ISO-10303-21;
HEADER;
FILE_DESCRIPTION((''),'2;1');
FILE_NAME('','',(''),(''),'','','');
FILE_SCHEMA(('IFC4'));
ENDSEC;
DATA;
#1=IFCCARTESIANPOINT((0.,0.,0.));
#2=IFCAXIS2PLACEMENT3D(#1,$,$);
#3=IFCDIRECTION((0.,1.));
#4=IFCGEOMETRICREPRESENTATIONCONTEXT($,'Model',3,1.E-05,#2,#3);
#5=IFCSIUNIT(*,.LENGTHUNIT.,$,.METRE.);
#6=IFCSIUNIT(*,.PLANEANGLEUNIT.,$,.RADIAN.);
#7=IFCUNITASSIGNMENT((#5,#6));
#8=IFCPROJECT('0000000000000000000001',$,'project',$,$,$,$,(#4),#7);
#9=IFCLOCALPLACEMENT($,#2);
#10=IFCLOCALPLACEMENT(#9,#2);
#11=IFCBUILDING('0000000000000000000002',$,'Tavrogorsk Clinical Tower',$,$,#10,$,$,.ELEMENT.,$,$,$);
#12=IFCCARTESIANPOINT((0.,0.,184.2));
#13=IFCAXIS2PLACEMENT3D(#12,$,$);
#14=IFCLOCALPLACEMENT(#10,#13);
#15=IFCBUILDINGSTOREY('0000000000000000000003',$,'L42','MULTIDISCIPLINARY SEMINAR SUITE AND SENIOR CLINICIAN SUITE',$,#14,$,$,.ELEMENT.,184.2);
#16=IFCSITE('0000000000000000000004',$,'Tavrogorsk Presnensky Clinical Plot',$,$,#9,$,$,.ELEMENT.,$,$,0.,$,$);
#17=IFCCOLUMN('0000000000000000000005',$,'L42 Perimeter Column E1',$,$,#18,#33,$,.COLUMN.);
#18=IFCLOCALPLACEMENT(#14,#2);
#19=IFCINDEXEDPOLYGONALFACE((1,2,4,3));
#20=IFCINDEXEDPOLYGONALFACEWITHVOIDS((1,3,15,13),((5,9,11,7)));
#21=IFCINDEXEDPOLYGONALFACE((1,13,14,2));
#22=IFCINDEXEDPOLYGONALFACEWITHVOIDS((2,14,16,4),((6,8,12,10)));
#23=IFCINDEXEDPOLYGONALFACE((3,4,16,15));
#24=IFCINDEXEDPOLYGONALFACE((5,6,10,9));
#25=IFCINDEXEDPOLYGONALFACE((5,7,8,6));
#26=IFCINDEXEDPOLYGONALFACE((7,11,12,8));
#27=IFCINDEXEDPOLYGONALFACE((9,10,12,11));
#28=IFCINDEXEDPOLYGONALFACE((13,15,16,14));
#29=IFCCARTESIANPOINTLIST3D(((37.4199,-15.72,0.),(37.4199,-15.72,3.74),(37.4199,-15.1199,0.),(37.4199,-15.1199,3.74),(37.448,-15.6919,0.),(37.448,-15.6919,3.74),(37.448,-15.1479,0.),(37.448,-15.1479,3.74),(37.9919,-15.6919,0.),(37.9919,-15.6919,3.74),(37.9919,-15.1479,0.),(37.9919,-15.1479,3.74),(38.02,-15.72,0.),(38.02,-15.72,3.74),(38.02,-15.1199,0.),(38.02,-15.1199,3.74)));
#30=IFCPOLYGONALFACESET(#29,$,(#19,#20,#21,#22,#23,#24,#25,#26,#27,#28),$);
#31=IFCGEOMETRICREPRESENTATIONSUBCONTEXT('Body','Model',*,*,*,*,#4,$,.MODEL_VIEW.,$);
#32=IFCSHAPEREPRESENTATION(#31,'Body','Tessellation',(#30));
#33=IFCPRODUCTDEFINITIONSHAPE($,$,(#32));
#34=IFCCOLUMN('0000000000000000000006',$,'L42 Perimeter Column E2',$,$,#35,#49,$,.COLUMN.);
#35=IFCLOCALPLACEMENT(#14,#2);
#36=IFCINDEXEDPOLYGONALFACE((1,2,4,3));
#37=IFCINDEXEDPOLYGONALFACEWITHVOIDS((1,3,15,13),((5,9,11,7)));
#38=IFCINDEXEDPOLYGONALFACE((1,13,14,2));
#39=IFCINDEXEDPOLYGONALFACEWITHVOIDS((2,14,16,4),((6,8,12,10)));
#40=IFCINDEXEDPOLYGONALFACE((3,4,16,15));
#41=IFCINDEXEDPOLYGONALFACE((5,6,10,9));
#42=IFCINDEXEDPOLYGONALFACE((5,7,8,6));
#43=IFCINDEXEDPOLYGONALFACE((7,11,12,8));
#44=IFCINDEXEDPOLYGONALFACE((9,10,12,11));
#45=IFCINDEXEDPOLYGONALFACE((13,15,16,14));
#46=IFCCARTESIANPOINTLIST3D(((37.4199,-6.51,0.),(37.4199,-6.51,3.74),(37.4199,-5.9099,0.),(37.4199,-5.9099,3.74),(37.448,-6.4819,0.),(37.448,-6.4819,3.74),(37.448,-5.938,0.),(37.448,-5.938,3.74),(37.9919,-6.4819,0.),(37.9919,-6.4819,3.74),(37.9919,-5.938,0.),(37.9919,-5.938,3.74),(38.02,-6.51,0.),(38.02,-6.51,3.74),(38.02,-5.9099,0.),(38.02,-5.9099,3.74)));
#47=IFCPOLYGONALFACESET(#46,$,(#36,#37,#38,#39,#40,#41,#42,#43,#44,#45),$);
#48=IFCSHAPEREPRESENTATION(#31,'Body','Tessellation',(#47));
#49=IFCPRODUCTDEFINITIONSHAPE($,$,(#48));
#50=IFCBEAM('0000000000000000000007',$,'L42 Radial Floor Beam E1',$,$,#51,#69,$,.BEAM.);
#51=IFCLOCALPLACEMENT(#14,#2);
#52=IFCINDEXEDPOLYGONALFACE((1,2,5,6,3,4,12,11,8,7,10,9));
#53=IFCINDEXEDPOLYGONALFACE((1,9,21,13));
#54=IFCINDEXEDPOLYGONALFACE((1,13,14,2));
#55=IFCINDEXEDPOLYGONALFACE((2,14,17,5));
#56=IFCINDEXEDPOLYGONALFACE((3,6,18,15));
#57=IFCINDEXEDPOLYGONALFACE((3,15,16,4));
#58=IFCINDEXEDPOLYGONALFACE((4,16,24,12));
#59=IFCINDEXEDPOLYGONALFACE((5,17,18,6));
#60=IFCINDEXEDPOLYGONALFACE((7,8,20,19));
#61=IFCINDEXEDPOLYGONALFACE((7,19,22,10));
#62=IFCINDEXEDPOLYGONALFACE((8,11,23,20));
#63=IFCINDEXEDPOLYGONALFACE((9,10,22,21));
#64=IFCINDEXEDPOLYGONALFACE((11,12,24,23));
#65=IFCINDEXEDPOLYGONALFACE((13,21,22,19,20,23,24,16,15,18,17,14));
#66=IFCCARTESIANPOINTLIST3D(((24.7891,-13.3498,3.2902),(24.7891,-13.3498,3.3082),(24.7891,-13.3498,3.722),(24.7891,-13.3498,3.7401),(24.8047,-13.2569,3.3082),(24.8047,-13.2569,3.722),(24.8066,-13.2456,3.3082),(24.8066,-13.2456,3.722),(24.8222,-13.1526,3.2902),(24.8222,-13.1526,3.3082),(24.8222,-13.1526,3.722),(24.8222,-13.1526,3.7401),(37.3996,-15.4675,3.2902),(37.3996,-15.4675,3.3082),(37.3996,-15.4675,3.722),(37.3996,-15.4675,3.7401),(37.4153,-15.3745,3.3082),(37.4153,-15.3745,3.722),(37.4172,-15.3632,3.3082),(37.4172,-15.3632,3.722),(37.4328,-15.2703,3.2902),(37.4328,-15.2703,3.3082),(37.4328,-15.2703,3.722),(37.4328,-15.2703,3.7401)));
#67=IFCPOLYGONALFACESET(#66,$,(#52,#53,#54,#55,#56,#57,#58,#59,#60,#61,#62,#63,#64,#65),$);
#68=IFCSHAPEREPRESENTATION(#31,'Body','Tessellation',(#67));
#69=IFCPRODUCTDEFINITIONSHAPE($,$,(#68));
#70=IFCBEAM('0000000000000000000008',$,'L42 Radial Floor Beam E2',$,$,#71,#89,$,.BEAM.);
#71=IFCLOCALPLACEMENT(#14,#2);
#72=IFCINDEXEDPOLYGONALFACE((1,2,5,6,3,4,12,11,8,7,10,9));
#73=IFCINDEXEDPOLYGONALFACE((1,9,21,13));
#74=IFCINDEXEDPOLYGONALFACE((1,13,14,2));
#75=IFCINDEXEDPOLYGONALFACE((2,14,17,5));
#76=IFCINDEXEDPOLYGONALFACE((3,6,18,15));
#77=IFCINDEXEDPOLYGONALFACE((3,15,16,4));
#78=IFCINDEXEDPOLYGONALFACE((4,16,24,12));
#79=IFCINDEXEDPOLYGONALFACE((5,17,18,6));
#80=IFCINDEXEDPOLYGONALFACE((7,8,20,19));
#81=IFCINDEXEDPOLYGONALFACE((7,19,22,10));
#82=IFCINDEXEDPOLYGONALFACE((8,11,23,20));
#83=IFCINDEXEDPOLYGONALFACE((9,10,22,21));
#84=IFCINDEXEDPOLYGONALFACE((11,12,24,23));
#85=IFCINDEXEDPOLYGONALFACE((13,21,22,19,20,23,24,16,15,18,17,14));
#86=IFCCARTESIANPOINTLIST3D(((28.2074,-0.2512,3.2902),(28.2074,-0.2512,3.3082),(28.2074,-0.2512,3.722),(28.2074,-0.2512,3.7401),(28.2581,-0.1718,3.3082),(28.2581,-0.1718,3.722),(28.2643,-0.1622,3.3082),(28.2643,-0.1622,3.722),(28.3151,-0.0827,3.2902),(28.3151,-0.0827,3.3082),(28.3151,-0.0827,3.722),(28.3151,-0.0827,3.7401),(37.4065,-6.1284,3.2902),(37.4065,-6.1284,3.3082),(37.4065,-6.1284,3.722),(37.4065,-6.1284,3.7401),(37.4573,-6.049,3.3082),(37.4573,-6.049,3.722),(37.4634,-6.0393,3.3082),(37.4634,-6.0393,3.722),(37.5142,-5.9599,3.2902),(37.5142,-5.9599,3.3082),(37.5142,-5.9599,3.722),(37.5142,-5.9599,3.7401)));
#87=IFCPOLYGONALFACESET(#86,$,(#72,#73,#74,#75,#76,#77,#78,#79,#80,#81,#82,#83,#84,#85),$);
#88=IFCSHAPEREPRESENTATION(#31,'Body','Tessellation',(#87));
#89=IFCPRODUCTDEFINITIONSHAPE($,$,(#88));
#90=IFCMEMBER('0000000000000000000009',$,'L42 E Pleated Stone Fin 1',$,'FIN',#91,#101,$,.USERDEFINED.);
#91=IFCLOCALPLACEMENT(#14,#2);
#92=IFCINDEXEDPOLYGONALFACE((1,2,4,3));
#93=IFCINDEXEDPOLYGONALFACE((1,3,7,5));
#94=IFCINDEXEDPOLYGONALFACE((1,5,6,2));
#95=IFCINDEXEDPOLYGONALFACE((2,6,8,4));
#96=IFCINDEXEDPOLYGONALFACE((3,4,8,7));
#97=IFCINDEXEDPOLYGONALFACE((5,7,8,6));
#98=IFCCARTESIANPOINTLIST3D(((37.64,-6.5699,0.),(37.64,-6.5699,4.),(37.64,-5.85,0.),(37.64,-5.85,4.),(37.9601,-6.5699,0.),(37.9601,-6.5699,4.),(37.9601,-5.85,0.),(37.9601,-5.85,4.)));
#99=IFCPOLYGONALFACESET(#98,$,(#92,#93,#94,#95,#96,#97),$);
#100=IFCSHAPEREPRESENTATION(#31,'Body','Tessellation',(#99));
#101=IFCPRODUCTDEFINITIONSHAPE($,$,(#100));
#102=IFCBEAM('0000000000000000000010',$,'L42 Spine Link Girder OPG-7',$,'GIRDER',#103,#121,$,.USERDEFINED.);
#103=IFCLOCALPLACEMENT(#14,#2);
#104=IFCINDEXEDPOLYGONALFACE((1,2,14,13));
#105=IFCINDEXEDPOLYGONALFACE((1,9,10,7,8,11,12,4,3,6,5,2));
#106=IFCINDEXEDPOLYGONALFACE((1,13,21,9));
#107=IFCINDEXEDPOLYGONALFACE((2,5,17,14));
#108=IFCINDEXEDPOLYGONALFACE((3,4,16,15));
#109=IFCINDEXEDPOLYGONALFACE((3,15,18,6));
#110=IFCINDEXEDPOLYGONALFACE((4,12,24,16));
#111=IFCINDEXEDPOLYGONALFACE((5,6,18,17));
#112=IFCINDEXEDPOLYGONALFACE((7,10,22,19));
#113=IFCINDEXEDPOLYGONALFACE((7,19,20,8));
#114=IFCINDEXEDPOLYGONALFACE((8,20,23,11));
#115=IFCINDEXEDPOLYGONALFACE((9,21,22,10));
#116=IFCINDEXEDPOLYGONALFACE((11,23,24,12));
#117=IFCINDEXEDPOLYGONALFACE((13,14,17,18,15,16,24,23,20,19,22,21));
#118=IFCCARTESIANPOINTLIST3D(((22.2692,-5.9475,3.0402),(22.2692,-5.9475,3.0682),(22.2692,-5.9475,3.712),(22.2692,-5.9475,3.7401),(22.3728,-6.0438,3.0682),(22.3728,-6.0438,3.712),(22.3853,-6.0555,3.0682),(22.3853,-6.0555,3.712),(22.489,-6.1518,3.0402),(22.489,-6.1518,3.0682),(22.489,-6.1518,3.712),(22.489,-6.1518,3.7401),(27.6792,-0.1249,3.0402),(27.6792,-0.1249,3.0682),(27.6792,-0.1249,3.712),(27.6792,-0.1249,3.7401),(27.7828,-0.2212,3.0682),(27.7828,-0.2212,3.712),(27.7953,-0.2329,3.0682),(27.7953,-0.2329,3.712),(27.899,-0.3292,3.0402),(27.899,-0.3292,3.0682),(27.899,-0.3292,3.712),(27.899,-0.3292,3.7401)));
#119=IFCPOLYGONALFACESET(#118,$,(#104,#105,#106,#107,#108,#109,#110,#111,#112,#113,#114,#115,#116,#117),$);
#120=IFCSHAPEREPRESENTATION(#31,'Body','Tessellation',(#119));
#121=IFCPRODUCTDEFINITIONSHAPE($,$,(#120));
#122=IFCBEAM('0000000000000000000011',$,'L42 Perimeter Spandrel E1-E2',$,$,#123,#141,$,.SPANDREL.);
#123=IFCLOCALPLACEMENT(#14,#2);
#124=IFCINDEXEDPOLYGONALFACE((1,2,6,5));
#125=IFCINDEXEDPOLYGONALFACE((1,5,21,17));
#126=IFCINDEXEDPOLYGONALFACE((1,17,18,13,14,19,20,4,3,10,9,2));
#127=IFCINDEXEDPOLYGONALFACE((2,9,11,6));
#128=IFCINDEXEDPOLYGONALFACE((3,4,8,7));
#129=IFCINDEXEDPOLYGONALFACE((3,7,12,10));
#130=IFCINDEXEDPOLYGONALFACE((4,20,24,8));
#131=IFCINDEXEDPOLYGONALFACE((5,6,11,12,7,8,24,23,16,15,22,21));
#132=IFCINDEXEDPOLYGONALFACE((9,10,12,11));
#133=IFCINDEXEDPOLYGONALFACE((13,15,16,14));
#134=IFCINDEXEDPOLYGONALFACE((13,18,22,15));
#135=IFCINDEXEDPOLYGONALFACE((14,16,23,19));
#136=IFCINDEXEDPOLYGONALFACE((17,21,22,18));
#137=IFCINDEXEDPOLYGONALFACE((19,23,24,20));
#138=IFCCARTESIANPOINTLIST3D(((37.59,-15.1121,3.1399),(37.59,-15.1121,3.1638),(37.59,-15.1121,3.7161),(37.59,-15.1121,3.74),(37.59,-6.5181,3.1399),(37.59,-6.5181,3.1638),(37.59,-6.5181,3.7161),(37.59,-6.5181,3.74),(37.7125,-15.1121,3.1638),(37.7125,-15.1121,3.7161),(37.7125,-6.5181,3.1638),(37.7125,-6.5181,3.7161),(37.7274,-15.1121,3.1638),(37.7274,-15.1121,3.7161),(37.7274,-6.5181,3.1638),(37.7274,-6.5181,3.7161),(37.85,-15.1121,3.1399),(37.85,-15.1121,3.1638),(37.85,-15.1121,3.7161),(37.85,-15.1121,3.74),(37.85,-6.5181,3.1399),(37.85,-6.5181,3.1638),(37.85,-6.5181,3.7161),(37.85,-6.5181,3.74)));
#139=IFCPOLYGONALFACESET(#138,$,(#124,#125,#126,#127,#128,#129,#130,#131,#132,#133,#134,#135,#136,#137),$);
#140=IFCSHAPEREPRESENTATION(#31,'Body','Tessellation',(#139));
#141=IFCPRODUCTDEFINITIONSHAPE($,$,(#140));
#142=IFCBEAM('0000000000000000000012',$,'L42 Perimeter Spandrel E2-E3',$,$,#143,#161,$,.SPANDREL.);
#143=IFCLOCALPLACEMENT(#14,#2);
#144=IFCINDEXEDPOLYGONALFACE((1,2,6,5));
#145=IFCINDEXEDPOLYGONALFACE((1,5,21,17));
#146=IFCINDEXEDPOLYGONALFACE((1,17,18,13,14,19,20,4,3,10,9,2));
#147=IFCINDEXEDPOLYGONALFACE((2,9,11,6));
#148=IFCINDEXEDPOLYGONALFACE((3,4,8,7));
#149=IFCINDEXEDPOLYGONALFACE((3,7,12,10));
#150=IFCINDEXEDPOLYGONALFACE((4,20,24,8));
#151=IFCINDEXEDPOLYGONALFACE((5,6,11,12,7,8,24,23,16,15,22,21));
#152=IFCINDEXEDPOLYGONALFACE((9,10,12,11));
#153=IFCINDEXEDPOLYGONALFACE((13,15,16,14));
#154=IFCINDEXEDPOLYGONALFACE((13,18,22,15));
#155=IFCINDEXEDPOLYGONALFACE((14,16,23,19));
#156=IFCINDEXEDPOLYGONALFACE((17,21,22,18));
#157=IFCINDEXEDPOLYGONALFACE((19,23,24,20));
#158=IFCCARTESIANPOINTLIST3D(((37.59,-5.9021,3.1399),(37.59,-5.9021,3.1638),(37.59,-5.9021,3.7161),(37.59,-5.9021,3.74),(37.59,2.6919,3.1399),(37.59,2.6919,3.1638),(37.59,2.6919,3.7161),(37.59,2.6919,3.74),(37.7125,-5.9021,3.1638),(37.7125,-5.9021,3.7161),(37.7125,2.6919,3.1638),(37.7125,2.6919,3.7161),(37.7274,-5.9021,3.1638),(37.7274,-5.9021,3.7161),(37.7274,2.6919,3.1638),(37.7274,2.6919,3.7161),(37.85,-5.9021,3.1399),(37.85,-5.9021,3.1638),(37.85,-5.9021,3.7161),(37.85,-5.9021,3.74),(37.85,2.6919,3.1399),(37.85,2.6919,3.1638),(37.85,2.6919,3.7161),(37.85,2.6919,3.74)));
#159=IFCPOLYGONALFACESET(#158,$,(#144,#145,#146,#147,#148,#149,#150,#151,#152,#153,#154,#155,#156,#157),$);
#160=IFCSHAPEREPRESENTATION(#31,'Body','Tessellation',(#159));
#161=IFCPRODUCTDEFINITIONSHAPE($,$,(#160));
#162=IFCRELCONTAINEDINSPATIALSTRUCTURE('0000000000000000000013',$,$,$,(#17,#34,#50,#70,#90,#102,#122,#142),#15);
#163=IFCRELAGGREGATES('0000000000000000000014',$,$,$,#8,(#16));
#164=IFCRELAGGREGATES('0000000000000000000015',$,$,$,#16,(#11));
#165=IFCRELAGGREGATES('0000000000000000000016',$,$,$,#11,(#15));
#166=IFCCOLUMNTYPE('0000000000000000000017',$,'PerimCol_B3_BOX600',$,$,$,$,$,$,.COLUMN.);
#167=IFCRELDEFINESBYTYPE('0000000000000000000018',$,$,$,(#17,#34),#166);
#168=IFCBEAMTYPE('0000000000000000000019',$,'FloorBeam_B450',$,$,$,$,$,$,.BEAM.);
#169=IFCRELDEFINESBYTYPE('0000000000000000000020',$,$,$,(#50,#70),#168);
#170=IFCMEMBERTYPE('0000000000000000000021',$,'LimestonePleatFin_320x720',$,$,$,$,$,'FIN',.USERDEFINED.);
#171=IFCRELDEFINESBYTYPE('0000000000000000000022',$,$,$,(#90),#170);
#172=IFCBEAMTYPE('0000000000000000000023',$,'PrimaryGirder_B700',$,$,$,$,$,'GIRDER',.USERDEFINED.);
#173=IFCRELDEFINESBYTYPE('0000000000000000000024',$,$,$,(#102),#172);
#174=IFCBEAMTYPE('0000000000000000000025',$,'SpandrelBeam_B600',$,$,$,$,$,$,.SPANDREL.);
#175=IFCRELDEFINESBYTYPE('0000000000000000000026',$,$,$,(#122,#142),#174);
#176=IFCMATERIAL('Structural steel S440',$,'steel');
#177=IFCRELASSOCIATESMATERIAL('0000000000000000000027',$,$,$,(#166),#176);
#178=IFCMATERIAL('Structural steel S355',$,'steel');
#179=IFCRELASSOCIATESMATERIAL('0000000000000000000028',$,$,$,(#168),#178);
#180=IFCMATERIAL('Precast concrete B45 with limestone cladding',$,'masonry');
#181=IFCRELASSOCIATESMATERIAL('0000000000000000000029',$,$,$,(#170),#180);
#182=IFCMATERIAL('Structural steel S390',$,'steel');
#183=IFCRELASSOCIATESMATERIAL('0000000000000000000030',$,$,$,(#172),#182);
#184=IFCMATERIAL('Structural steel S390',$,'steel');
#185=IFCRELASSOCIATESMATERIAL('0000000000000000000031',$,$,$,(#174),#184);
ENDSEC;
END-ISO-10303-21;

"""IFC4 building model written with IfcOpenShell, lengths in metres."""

from ifc_helpers import new_model, si_unit, direction, frame, origin, origin_2d, place, context, subcontext, project, spatial, rectangle, hollow_rectangle, i_section, extrude, material, material_profile, profile_set, type_object, element, save


model = new_model("IFC4")

# Units and contexts
model_context = context("Model", 3, precision=1e-05, world=origin(), true_north=direction((0.0, 1.0)))
body_context = subcontext(model_context, "Body", "Model", "MODEL_VIEW")
ifc_project = project(units=[si_unit("LENGTHUNIT", "METRE"), si_unit("PLANEANGLEUNIT", "RADIAN")], contexts=[model_context])

# Site, building, storey
site_placement = place(None, origin())
site = spatial("IfcSite", under=ifc_project, at=site_placement, Name="Tavrogorsk Presnensky Clinical Plot", CompositionType="ELEMENT", RefElevation=0.0)
building_placement = place(site_placement, origin())
building = spatial("IfcBuilding", under=site, at=building_placement, Name="Tavrogorsk Clinical Tower", CompositionType="ELEMENT")
storey_placement = place(building_placement, frame((0.0, 0.0, 184.2)))
storey = spatial("IfcBuildingStorey", under=building, at=storey_placement, Name="L42", Description="MULTIDISCIPLINARY SEMINAR SUITE AND SENIOR CLINICIAN SUITE", CompositionType="ELEMENT", Elevation=184.2)

# Columns
ifc_material_1 = material(Name="Structural steel S440", Category="steel")
ifc_material_profile_1 = material_profile(ifc_material_1, hollow_rectangle(XDim=0.6001, YDim=0.6001, WallThickness=0.0281, at=origin_2d()), Name="BOX-600x600x28")
ifc_profile_set_1 = profile_set([ifc_material_profile_1], Name="Structural steel S440")
column_type = type_object("IfcColumnType", Name="PerimCol_B3_BOX600", PredefinedType="COLUMN", material=ifc_profile_set_1)
for number, where, z_axis, x_axis, name in (
    (1, (37.72, -15.4199, 0.0), (0.0, 0.0, 1.0), (1.0, 0.0, 0.0), "L42 Perimeter Column E1"),
    (2, (37.72, -6.21, 0.0), (0.0, 0.0, 1.0), (1.0, 0.0, 0.0), "L42 Perimeter Column E2"),
):
    element("IfcColumn", number, at=place(storey_placement, frame(where, z_axis=z_axis, x_axis=x_axis)), inside=storey, type_object=column_type, Name=name, PredefinedType="COLUMN", context=body_context, shape_type="SweptSolid", body=[
        extrude(hollow_rectangle(XDim=0.6001, YDim=0.6001, WallThickness=0.0281, at=origin_2d()), origin(), (0.0, 0.0, 1.0), 3.74),
    ])

# Beams
ifc_material_2 = material(Name="Structural steel S355", Category="steel")
ifc_material_profile_2 = material_profile(ifc_material_2, i_section(OverallWidth=0.2, OverallDepth=0.45, WebThickness=0.0115, FlangeThickness=0.0181, at=origin_2d()), Name="B-450x200x11.5x18")
ifc_profile_set_2 = profile_set([ifc_material_profile_2], Name="Structural steel S355")
beam_type_1 = type_object("IfcBeamType", Name="FloorBeam_B450", PredefinedType="BEAM", material=ifc_profile_set_2)
beam_1_placement = place(storey_placement, frame((24.8057, -13.2512, 3.5151), z_axis=(0.986191, -0.165609, 0.0), x_axis=(0.165609, 0.986191, 0.0)))
element("IfcBeam", 3, at=beam_1_placement, inside=storey, type_object=beam_type_1, Name="L42 Radial Floor Beam E1", PredefinedType="BEAM", context=body_context, shape_type="SweptSolid", body=[
    extrude(i_section(OverallWidth=0.2, OverallDepth=0.45, WebThickness=0.0115, FlangeThickness=0.0181, at=origin_2d()), origin(), (0.0, 0.0, 1.0), 12.7871),
])
beam_2_placement = place(storey_placement, frame((28.2612, -0.167, 3.5151), z_axis=(0.8427, -0.538384, 0.0), x_axis=(0.538384, 0.8427, 0.0)))
element("IfcBeam", 4, at=beam_2_placement, inside=storey, type_object=beam_type_1, Name="L42 Radial Floor Beam E2", PredefinedType="BEAM", context=body_context, shape_type="SweptSolid", body=[
    extrude(i_section(OverallWidth=0.2, OverallDepth=0.45, WebThickness=0.0115, FlangeThickness=0.0181, at=origin_2d()), origin(), (0.0, 0.0, 1.0), 10.9163),
])

# Member
ifc_material_3 = material(Name="Precast concrete B45 with limestone cladding", Category="masonry")
ifc_material_profile_3 = material_profile(ifc_material_3, rectangle(XDim=0.3201, YDim=0.72, at=origin_2d()), Name="LIMESTONE-FIN-320x720")
ifc_profile_set_3 = profile_set([ifc_material_profile_3], Name="Precast concrete B45 with limestone cladding")
member_type = type_object("IfcMemberType", Name="LimestonePleatFin_320x720", ElementType="FIN", PredefinedType="USERDEFINED", material=ifc_profile_set_3)
member_placement = place(storey_placement, frame((37.8, -6.21, 0.0), z_axis=(0.0, 0.0, 1.0), x_axis=(1.0, 0.0, 0.0)))
element("IfcMember", 5, at=member_placement, inside=storey, type_object=member_type, Name="L42 E Pleated Stone Fin 1", ObjectType="FIN", PredefinedType="USERDEFINED", context=body_context, shape_type="SweptSolid", body=[
    extrude(rectangle(XDim=0.3201, YDim=0.72, at=origin_2d()), origin(), (0.0, 0.0, 1.0), 4.0),
])

# Beams
ifc_material_4 = material(Name="Structural steel S390", Category="steel")
ifc_material_profile_4 = material_profile(ifc_material_4, i_section(OverallWidth=0.3, OverallDepth=0.7, WebThickness=0.0171, FlangeThickness=0.0281, at=origin_2d()), Name="B-700x300x17x28")
ifc_profile_set_4 = profile_set([ifc_material_profile_4], Name="Structural steel S390")
beam_type_2 = type_object("IfcBeamType", Name="PrimaryGirder_B700", ElementType="GIRDER", PredefinedType="USERDEFINED", material=ifc_profile_set_4)
beam_3_placement = place(storey_placement, frame((27.7891, -0.2271, 3.3901), z_axis=(-0.680674, -0.732587, 0.0), x_axis=(0.732587, -0.680674, 0.0)))
element("IfcBeam", 6, at=beam_3_placement, inside=storey, type_object=beam_type_2, Name="L42 Spine Link Girder OPG-7", ObjectType="GIRDER", PredefinedType="USERDEFINED", context=body_context, shape_type="SweptSolid", body=[
    extrude(i_section(OverallWidth=0.3, OverallDepth=0.7, WebThickness=0.0171, FlangeThickness=0.0281, at=origin_2d()), origin(), (0.0, 0.0, 1.0), 7.948),
])
ifc_material_5 = material(Name="Structural steel S390", Category="steel")
ifc_material_profile_5 = material_profile(ifc_material_5, i_section(OverallWidth=0.26, OverallDepth=0.6001, WebThickness=0.0149, FlangeThickness=0.0239, at=origin_2d()), Name="B-600x260x15x24")
ifc_profile_set_5 = profile_set([ifc_material_profile_5], Name="Structural steel S390")
beam_type_3 = type_object("IfcBeamType", Name="SpandrelBeam_B600", PredefinedType="SPANDREL", material=ifc_profile_set_5)
for number, where, z_axis, x_axis, name in (
    (7, (37.72, -15.1121, 3.4399), (0.0, 1.0, 0.0), (-1.0, 0.0, 0.0), "L42 Perimeter Spandrel E1-E2"),
    (8, (37.72, -5.9021, 3.4399), (0.0, 1.0, 0.0), (-1.0, 0.0, 0.0), "L42 Perimeter Spandrel E2-E3"),
):
    element("IfcBeam", number, at=place(storey_placement, frame(where, z_axis=z_axis, x_axis=x_axis)), inside=storey, type_object=beam_type_3, Name=name, PredefinedType="SPANDREL", context=body_context, shape_type="SweptSolid", body=[
        extrude(i_section(OverallWidth=0.26, OverallDepth=0.6001, WebThickness=0.0149, FlangeThickness=0.0239, at=origin_2d()), origin(), (0.0, 0.0, 1.0), 8.594),
    ])

save(model, "model.ifc")
